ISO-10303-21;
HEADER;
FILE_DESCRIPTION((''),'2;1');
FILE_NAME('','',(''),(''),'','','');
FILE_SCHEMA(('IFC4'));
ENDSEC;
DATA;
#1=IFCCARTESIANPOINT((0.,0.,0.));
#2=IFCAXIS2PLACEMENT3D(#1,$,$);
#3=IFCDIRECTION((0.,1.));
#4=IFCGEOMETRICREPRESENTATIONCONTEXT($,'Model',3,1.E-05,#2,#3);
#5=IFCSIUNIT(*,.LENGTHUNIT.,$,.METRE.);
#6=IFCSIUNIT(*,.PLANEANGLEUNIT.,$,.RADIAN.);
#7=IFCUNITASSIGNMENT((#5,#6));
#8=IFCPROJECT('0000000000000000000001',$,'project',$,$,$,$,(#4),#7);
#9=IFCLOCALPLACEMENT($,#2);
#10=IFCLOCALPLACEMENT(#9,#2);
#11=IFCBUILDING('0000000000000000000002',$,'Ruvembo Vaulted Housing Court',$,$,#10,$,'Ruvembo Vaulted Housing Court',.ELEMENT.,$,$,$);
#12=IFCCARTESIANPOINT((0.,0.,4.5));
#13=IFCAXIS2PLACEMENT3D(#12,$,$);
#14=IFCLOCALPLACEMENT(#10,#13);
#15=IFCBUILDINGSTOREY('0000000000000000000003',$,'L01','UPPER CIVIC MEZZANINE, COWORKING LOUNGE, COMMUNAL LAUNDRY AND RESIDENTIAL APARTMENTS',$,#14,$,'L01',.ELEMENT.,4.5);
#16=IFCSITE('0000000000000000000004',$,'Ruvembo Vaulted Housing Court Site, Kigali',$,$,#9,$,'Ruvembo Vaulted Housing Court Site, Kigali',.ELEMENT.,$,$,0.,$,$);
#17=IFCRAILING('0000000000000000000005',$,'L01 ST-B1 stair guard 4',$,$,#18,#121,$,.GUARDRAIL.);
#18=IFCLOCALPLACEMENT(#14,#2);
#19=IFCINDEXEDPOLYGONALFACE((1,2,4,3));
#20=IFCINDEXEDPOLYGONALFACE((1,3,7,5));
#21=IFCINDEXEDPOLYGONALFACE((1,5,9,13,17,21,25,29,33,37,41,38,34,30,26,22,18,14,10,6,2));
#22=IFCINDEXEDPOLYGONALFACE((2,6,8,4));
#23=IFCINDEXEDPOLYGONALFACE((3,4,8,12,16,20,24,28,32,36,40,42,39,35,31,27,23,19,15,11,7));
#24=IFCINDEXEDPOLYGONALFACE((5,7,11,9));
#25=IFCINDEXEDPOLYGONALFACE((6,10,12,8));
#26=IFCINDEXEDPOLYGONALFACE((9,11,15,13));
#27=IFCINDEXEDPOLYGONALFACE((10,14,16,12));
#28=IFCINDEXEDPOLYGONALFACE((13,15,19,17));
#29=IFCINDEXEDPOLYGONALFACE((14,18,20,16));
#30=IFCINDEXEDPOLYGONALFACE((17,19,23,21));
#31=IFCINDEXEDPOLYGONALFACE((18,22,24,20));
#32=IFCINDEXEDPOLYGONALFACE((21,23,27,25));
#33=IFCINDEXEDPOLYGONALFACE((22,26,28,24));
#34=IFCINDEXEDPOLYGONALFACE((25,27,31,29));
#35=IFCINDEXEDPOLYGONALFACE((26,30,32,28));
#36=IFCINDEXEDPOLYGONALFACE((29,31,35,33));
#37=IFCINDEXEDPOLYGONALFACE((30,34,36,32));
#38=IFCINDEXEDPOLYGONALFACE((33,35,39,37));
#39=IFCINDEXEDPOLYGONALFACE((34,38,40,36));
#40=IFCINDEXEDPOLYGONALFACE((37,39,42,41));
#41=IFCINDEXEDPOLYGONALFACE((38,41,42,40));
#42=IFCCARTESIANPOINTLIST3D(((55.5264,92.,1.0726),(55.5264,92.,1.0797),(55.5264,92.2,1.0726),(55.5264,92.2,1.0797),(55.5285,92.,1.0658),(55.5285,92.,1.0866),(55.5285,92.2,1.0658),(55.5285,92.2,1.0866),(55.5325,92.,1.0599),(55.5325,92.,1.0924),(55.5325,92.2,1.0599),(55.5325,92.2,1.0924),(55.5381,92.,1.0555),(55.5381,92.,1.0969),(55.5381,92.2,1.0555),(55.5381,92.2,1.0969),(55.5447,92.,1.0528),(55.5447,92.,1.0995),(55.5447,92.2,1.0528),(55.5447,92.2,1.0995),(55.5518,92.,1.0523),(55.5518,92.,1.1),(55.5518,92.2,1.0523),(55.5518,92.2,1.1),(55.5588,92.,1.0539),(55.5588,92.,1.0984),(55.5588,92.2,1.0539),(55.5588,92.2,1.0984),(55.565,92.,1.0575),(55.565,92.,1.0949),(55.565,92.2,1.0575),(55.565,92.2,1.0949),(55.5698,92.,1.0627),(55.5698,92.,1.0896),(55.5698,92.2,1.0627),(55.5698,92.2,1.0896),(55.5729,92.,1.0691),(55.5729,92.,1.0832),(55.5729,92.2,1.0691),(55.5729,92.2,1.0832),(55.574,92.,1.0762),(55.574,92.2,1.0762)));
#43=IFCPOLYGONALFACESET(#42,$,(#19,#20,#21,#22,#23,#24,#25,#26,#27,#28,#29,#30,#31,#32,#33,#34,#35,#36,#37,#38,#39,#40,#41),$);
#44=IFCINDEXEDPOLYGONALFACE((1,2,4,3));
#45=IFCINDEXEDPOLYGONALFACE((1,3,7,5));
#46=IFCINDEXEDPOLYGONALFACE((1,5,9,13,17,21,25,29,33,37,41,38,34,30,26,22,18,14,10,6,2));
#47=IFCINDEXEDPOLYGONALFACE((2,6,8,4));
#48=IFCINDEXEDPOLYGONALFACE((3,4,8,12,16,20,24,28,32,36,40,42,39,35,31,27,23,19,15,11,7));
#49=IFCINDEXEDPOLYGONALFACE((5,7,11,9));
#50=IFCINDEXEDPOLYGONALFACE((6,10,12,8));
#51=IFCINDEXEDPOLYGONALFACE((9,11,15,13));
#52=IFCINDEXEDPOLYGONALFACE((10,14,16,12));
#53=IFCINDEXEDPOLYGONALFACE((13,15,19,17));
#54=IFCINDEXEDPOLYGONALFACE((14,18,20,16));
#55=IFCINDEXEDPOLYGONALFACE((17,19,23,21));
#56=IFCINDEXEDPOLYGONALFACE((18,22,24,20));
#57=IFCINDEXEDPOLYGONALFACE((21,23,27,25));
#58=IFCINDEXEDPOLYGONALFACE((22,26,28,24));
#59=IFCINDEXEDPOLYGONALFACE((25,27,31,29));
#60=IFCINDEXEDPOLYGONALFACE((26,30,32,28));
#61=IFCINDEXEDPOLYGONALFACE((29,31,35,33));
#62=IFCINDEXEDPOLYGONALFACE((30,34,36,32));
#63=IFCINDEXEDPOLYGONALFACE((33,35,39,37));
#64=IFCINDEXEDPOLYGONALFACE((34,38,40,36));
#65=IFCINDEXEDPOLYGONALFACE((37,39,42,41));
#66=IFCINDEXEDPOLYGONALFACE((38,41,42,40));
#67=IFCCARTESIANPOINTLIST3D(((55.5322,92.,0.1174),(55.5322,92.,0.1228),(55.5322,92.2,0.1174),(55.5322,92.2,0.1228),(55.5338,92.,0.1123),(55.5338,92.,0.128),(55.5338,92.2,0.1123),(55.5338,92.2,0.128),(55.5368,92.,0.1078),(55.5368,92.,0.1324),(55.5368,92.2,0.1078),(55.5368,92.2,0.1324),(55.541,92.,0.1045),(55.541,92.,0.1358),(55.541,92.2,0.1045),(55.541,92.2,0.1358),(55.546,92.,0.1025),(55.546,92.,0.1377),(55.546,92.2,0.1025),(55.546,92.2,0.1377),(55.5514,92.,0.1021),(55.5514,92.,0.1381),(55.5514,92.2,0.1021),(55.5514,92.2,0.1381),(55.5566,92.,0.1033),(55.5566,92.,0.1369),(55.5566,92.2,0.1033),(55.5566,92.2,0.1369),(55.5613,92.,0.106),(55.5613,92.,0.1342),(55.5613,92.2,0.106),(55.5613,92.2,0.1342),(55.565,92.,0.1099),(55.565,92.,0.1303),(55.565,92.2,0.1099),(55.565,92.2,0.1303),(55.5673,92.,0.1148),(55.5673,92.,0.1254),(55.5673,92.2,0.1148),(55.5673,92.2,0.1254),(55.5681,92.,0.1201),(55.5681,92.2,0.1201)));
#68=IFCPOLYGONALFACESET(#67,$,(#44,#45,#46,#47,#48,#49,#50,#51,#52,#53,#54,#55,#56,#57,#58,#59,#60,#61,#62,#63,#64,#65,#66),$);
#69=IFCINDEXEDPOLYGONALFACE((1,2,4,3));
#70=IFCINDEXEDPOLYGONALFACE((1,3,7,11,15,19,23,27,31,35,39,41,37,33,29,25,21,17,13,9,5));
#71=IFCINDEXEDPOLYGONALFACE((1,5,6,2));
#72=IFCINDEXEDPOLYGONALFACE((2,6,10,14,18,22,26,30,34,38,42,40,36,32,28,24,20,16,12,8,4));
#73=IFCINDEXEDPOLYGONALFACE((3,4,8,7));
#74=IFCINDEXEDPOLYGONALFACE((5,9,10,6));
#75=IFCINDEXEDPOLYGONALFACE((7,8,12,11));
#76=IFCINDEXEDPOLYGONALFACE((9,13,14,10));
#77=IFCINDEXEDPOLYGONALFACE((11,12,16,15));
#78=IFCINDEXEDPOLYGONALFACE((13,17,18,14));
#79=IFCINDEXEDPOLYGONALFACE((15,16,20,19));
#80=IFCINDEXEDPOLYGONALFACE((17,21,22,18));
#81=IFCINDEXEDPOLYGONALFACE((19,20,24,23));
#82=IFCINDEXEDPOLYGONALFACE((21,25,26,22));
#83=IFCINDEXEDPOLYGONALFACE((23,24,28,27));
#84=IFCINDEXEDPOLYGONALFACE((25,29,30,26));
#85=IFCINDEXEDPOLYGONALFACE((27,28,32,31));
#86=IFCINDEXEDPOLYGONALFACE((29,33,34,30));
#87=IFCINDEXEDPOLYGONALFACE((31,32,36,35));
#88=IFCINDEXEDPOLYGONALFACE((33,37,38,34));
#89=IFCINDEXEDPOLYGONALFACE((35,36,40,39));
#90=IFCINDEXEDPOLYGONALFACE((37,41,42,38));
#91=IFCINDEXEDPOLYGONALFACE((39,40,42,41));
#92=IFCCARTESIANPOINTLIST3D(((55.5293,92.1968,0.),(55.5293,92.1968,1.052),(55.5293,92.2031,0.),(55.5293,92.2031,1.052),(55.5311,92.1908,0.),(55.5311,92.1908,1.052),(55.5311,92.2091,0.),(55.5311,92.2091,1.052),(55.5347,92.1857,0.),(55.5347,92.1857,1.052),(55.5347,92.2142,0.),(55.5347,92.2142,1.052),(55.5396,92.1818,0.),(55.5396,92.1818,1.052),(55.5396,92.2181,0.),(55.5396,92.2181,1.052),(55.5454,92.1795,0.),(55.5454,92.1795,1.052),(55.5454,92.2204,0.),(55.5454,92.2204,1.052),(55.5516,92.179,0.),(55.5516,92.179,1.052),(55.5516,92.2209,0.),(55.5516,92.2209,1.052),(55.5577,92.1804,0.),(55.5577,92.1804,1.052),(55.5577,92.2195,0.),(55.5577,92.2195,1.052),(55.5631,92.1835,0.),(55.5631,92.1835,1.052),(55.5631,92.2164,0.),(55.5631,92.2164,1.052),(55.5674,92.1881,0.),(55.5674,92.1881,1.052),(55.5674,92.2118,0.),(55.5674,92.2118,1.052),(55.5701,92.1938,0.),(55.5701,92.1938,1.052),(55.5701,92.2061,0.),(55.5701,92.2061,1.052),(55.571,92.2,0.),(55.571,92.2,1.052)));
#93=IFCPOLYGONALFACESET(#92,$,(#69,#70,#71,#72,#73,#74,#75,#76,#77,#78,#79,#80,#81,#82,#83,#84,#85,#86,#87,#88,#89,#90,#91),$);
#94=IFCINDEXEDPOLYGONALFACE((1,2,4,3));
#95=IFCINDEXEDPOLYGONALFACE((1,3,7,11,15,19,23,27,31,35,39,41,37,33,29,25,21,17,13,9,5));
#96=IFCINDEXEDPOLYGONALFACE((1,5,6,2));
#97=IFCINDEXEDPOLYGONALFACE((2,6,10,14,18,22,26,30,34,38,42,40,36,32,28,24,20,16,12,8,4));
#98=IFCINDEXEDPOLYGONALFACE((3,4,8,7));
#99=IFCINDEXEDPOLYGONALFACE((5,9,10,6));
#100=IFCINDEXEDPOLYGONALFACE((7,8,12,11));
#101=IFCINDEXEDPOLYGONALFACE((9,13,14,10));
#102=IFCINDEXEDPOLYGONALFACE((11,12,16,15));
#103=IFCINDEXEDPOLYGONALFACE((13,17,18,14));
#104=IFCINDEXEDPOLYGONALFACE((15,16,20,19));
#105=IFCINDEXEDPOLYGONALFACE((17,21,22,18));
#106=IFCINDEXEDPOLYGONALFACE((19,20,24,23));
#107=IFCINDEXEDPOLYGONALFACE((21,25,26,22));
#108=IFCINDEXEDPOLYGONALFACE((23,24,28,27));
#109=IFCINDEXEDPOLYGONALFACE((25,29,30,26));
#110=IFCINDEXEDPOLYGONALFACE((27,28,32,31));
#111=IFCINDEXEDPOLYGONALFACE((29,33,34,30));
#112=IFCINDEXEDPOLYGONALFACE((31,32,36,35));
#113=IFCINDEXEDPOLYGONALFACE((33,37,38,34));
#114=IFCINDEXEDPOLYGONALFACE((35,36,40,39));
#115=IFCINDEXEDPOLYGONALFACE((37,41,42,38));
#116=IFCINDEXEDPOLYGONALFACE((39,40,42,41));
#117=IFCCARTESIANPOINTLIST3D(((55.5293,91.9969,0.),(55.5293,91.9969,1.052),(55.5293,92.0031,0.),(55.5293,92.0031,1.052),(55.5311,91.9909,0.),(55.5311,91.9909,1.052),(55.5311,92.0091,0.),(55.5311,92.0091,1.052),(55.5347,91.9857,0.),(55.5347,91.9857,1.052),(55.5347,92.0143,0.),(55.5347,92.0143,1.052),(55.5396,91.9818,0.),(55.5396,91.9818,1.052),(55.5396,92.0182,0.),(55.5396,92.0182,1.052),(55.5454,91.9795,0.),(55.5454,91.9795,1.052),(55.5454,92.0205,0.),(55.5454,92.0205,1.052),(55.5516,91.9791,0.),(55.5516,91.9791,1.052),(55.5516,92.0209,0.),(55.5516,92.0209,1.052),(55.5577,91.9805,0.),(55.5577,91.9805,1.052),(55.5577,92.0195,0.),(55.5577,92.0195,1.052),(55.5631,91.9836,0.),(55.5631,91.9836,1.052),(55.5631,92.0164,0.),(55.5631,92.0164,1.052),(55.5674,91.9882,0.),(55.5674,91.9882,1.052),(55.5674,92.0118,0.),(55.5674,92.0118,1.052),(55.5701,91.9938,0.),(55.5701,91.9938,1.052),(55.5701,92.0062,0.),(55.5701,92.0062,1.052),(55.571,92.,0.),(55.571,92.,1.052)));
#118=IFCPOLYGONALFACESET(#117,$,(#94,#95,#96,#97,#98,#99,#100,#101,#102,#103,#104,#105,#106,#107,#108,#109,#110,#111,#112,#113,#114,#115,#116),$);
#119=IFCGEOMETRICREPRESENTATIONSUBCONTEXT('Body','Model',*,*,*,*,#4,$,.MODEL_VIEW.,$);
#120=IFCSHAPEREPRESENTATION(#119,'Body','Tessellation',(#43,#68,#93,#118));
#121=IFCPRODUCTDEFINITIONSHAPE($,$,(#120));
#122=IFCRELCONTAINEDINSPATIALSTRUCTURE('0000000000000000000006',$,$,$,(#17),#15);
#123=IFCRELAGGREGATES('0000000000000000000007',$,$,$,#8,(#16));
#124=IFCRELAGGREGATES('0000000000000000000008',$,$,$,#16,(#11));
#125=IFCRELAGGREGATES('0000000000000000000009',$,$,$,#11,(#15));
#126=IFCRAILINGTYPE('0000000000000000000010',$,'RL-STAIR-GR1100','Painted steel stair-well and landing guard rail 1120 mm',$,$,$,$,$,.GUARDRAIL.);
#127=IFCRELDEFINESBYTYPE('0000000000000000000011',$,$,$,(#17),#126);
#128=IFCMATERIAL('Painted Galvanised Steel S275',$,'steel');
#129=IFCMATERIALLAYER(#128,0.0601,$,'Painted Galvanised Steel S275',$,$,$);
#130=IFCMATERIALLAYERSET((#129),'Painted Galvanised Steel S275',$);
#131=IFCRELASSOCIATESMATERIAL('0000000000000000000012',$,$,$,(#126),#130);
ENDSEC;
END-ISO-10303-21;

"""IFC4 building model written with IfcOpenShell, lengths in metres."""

from ifc_helpers import new_model, si_unit, direction, frame, origin, origin_2d, place, context, subcontext, project, spatial, circle, extrude, material, layer, layer_set, type_object, element, save


model = new_model("IFC4")

# Units and contexts
model_context = context("Model", 3, precision=1e-05, world=origin(), true_north=direction((0.0, 1.0)))
body_context = subcontext(model_context, "Body", "Model", "MODEL_VIEW")
ifc_project = project(units=[si_unit("LENGTHUNIT", "METRE"), si_unit("PLANEANGLEUNIT", "RADIAN")], contexts=[model_context])

# Site, building, storey
site_placement = place(None, origin())
site = spatial("IfcSite", under=ifc_project, at=site_placement, Name="Ruvembo Vaulted Housing Court Site, Kigali", LongName="Ruvembo Vaulted Housing Court Site, Kigali", CompositionType="ELEMENT", RefElevation=0.0)
building_placement = place(site_placement, origin())
building = spatial("IfcBuilding", under=site, at=building_placement, Name="Ruvembo Vaulted Housing Court", LongName="Ruvembo Vaulted Housing Court", CompositionType="ELEMENT")
storey_placement = place(building_placement, frame((0.0, 0.0, 4.5)))
storey = spatial("IfcBuildingStorey", under=building, at=storey_placement, Name="L01", Description="UPPER CIVIC MEZZANINE, COWORKING LOUNGE, COMMUNAL LAUNDRY AND RESIDENTIAL APARTMENTS", LongName="L01", CompositionType="ELEMENT", Elevation=4.5)

# Railing
ifc_material_1 = material(Name="Painted Galvanised Steel S275", Category="steel")
ifc_layer_1 = layer(ifc_material_1, 0.0601, Name="Painted Galvanised Steel S275")
ifc_layer_set_1 = layer_set([ifc_layer_1], Name="Painted Galvanised Steel S275")
railing_type_1 = type_object("IfcRailingType", Name="RL-STAIR-GR1100", Description="Painted steel stair-well and landing guard rail 1120 mm", PredefinedType="GUARDRAIL", material=ifc_layer_set_1)
railing_1_placement = place(storey_placement, frame((55.55, 92.2, 0.0)))
element("IfcRailing", 1, at=railing_1_placement, inside=storey, type_object=railing_type_1, Name="L01 ST-B1 stair guard 4", PredefinedType="GUARDRAIL", context=body_context, shape_type="SweptSolid", body=[
    extrude(circle(Radius=0.0239, at=origin_2d()), frame((0.0, 0.0, 1.0762), z_axis=(0.0, -1.0, 0.0), x_axis=(1.0, 0.0, 0.0)), (0.0, 0.0, 1.0), 0.2),
    extrude(circle(Radius=0.0181, at=origin_2d()), frame((0.0, 0.0, 0.1201), z_axis=(0.0, -1.0, 0.0), x_axis=(1.0, 0.0, 0.0)), (0.0, 0.0, 1.0), 0.2),
    extrude(circle(Radius=0.021, at=origin_2d()), origin(), (0.0, 0.0, 1.0), 1.052),
    extrude(circle(Radius=0.021, at=origin_2d()), frame((0.0, -0.2, 0.0)), (0.0, 0.0, 1.0), 1.052),
])

save(model, "model.ifc")
